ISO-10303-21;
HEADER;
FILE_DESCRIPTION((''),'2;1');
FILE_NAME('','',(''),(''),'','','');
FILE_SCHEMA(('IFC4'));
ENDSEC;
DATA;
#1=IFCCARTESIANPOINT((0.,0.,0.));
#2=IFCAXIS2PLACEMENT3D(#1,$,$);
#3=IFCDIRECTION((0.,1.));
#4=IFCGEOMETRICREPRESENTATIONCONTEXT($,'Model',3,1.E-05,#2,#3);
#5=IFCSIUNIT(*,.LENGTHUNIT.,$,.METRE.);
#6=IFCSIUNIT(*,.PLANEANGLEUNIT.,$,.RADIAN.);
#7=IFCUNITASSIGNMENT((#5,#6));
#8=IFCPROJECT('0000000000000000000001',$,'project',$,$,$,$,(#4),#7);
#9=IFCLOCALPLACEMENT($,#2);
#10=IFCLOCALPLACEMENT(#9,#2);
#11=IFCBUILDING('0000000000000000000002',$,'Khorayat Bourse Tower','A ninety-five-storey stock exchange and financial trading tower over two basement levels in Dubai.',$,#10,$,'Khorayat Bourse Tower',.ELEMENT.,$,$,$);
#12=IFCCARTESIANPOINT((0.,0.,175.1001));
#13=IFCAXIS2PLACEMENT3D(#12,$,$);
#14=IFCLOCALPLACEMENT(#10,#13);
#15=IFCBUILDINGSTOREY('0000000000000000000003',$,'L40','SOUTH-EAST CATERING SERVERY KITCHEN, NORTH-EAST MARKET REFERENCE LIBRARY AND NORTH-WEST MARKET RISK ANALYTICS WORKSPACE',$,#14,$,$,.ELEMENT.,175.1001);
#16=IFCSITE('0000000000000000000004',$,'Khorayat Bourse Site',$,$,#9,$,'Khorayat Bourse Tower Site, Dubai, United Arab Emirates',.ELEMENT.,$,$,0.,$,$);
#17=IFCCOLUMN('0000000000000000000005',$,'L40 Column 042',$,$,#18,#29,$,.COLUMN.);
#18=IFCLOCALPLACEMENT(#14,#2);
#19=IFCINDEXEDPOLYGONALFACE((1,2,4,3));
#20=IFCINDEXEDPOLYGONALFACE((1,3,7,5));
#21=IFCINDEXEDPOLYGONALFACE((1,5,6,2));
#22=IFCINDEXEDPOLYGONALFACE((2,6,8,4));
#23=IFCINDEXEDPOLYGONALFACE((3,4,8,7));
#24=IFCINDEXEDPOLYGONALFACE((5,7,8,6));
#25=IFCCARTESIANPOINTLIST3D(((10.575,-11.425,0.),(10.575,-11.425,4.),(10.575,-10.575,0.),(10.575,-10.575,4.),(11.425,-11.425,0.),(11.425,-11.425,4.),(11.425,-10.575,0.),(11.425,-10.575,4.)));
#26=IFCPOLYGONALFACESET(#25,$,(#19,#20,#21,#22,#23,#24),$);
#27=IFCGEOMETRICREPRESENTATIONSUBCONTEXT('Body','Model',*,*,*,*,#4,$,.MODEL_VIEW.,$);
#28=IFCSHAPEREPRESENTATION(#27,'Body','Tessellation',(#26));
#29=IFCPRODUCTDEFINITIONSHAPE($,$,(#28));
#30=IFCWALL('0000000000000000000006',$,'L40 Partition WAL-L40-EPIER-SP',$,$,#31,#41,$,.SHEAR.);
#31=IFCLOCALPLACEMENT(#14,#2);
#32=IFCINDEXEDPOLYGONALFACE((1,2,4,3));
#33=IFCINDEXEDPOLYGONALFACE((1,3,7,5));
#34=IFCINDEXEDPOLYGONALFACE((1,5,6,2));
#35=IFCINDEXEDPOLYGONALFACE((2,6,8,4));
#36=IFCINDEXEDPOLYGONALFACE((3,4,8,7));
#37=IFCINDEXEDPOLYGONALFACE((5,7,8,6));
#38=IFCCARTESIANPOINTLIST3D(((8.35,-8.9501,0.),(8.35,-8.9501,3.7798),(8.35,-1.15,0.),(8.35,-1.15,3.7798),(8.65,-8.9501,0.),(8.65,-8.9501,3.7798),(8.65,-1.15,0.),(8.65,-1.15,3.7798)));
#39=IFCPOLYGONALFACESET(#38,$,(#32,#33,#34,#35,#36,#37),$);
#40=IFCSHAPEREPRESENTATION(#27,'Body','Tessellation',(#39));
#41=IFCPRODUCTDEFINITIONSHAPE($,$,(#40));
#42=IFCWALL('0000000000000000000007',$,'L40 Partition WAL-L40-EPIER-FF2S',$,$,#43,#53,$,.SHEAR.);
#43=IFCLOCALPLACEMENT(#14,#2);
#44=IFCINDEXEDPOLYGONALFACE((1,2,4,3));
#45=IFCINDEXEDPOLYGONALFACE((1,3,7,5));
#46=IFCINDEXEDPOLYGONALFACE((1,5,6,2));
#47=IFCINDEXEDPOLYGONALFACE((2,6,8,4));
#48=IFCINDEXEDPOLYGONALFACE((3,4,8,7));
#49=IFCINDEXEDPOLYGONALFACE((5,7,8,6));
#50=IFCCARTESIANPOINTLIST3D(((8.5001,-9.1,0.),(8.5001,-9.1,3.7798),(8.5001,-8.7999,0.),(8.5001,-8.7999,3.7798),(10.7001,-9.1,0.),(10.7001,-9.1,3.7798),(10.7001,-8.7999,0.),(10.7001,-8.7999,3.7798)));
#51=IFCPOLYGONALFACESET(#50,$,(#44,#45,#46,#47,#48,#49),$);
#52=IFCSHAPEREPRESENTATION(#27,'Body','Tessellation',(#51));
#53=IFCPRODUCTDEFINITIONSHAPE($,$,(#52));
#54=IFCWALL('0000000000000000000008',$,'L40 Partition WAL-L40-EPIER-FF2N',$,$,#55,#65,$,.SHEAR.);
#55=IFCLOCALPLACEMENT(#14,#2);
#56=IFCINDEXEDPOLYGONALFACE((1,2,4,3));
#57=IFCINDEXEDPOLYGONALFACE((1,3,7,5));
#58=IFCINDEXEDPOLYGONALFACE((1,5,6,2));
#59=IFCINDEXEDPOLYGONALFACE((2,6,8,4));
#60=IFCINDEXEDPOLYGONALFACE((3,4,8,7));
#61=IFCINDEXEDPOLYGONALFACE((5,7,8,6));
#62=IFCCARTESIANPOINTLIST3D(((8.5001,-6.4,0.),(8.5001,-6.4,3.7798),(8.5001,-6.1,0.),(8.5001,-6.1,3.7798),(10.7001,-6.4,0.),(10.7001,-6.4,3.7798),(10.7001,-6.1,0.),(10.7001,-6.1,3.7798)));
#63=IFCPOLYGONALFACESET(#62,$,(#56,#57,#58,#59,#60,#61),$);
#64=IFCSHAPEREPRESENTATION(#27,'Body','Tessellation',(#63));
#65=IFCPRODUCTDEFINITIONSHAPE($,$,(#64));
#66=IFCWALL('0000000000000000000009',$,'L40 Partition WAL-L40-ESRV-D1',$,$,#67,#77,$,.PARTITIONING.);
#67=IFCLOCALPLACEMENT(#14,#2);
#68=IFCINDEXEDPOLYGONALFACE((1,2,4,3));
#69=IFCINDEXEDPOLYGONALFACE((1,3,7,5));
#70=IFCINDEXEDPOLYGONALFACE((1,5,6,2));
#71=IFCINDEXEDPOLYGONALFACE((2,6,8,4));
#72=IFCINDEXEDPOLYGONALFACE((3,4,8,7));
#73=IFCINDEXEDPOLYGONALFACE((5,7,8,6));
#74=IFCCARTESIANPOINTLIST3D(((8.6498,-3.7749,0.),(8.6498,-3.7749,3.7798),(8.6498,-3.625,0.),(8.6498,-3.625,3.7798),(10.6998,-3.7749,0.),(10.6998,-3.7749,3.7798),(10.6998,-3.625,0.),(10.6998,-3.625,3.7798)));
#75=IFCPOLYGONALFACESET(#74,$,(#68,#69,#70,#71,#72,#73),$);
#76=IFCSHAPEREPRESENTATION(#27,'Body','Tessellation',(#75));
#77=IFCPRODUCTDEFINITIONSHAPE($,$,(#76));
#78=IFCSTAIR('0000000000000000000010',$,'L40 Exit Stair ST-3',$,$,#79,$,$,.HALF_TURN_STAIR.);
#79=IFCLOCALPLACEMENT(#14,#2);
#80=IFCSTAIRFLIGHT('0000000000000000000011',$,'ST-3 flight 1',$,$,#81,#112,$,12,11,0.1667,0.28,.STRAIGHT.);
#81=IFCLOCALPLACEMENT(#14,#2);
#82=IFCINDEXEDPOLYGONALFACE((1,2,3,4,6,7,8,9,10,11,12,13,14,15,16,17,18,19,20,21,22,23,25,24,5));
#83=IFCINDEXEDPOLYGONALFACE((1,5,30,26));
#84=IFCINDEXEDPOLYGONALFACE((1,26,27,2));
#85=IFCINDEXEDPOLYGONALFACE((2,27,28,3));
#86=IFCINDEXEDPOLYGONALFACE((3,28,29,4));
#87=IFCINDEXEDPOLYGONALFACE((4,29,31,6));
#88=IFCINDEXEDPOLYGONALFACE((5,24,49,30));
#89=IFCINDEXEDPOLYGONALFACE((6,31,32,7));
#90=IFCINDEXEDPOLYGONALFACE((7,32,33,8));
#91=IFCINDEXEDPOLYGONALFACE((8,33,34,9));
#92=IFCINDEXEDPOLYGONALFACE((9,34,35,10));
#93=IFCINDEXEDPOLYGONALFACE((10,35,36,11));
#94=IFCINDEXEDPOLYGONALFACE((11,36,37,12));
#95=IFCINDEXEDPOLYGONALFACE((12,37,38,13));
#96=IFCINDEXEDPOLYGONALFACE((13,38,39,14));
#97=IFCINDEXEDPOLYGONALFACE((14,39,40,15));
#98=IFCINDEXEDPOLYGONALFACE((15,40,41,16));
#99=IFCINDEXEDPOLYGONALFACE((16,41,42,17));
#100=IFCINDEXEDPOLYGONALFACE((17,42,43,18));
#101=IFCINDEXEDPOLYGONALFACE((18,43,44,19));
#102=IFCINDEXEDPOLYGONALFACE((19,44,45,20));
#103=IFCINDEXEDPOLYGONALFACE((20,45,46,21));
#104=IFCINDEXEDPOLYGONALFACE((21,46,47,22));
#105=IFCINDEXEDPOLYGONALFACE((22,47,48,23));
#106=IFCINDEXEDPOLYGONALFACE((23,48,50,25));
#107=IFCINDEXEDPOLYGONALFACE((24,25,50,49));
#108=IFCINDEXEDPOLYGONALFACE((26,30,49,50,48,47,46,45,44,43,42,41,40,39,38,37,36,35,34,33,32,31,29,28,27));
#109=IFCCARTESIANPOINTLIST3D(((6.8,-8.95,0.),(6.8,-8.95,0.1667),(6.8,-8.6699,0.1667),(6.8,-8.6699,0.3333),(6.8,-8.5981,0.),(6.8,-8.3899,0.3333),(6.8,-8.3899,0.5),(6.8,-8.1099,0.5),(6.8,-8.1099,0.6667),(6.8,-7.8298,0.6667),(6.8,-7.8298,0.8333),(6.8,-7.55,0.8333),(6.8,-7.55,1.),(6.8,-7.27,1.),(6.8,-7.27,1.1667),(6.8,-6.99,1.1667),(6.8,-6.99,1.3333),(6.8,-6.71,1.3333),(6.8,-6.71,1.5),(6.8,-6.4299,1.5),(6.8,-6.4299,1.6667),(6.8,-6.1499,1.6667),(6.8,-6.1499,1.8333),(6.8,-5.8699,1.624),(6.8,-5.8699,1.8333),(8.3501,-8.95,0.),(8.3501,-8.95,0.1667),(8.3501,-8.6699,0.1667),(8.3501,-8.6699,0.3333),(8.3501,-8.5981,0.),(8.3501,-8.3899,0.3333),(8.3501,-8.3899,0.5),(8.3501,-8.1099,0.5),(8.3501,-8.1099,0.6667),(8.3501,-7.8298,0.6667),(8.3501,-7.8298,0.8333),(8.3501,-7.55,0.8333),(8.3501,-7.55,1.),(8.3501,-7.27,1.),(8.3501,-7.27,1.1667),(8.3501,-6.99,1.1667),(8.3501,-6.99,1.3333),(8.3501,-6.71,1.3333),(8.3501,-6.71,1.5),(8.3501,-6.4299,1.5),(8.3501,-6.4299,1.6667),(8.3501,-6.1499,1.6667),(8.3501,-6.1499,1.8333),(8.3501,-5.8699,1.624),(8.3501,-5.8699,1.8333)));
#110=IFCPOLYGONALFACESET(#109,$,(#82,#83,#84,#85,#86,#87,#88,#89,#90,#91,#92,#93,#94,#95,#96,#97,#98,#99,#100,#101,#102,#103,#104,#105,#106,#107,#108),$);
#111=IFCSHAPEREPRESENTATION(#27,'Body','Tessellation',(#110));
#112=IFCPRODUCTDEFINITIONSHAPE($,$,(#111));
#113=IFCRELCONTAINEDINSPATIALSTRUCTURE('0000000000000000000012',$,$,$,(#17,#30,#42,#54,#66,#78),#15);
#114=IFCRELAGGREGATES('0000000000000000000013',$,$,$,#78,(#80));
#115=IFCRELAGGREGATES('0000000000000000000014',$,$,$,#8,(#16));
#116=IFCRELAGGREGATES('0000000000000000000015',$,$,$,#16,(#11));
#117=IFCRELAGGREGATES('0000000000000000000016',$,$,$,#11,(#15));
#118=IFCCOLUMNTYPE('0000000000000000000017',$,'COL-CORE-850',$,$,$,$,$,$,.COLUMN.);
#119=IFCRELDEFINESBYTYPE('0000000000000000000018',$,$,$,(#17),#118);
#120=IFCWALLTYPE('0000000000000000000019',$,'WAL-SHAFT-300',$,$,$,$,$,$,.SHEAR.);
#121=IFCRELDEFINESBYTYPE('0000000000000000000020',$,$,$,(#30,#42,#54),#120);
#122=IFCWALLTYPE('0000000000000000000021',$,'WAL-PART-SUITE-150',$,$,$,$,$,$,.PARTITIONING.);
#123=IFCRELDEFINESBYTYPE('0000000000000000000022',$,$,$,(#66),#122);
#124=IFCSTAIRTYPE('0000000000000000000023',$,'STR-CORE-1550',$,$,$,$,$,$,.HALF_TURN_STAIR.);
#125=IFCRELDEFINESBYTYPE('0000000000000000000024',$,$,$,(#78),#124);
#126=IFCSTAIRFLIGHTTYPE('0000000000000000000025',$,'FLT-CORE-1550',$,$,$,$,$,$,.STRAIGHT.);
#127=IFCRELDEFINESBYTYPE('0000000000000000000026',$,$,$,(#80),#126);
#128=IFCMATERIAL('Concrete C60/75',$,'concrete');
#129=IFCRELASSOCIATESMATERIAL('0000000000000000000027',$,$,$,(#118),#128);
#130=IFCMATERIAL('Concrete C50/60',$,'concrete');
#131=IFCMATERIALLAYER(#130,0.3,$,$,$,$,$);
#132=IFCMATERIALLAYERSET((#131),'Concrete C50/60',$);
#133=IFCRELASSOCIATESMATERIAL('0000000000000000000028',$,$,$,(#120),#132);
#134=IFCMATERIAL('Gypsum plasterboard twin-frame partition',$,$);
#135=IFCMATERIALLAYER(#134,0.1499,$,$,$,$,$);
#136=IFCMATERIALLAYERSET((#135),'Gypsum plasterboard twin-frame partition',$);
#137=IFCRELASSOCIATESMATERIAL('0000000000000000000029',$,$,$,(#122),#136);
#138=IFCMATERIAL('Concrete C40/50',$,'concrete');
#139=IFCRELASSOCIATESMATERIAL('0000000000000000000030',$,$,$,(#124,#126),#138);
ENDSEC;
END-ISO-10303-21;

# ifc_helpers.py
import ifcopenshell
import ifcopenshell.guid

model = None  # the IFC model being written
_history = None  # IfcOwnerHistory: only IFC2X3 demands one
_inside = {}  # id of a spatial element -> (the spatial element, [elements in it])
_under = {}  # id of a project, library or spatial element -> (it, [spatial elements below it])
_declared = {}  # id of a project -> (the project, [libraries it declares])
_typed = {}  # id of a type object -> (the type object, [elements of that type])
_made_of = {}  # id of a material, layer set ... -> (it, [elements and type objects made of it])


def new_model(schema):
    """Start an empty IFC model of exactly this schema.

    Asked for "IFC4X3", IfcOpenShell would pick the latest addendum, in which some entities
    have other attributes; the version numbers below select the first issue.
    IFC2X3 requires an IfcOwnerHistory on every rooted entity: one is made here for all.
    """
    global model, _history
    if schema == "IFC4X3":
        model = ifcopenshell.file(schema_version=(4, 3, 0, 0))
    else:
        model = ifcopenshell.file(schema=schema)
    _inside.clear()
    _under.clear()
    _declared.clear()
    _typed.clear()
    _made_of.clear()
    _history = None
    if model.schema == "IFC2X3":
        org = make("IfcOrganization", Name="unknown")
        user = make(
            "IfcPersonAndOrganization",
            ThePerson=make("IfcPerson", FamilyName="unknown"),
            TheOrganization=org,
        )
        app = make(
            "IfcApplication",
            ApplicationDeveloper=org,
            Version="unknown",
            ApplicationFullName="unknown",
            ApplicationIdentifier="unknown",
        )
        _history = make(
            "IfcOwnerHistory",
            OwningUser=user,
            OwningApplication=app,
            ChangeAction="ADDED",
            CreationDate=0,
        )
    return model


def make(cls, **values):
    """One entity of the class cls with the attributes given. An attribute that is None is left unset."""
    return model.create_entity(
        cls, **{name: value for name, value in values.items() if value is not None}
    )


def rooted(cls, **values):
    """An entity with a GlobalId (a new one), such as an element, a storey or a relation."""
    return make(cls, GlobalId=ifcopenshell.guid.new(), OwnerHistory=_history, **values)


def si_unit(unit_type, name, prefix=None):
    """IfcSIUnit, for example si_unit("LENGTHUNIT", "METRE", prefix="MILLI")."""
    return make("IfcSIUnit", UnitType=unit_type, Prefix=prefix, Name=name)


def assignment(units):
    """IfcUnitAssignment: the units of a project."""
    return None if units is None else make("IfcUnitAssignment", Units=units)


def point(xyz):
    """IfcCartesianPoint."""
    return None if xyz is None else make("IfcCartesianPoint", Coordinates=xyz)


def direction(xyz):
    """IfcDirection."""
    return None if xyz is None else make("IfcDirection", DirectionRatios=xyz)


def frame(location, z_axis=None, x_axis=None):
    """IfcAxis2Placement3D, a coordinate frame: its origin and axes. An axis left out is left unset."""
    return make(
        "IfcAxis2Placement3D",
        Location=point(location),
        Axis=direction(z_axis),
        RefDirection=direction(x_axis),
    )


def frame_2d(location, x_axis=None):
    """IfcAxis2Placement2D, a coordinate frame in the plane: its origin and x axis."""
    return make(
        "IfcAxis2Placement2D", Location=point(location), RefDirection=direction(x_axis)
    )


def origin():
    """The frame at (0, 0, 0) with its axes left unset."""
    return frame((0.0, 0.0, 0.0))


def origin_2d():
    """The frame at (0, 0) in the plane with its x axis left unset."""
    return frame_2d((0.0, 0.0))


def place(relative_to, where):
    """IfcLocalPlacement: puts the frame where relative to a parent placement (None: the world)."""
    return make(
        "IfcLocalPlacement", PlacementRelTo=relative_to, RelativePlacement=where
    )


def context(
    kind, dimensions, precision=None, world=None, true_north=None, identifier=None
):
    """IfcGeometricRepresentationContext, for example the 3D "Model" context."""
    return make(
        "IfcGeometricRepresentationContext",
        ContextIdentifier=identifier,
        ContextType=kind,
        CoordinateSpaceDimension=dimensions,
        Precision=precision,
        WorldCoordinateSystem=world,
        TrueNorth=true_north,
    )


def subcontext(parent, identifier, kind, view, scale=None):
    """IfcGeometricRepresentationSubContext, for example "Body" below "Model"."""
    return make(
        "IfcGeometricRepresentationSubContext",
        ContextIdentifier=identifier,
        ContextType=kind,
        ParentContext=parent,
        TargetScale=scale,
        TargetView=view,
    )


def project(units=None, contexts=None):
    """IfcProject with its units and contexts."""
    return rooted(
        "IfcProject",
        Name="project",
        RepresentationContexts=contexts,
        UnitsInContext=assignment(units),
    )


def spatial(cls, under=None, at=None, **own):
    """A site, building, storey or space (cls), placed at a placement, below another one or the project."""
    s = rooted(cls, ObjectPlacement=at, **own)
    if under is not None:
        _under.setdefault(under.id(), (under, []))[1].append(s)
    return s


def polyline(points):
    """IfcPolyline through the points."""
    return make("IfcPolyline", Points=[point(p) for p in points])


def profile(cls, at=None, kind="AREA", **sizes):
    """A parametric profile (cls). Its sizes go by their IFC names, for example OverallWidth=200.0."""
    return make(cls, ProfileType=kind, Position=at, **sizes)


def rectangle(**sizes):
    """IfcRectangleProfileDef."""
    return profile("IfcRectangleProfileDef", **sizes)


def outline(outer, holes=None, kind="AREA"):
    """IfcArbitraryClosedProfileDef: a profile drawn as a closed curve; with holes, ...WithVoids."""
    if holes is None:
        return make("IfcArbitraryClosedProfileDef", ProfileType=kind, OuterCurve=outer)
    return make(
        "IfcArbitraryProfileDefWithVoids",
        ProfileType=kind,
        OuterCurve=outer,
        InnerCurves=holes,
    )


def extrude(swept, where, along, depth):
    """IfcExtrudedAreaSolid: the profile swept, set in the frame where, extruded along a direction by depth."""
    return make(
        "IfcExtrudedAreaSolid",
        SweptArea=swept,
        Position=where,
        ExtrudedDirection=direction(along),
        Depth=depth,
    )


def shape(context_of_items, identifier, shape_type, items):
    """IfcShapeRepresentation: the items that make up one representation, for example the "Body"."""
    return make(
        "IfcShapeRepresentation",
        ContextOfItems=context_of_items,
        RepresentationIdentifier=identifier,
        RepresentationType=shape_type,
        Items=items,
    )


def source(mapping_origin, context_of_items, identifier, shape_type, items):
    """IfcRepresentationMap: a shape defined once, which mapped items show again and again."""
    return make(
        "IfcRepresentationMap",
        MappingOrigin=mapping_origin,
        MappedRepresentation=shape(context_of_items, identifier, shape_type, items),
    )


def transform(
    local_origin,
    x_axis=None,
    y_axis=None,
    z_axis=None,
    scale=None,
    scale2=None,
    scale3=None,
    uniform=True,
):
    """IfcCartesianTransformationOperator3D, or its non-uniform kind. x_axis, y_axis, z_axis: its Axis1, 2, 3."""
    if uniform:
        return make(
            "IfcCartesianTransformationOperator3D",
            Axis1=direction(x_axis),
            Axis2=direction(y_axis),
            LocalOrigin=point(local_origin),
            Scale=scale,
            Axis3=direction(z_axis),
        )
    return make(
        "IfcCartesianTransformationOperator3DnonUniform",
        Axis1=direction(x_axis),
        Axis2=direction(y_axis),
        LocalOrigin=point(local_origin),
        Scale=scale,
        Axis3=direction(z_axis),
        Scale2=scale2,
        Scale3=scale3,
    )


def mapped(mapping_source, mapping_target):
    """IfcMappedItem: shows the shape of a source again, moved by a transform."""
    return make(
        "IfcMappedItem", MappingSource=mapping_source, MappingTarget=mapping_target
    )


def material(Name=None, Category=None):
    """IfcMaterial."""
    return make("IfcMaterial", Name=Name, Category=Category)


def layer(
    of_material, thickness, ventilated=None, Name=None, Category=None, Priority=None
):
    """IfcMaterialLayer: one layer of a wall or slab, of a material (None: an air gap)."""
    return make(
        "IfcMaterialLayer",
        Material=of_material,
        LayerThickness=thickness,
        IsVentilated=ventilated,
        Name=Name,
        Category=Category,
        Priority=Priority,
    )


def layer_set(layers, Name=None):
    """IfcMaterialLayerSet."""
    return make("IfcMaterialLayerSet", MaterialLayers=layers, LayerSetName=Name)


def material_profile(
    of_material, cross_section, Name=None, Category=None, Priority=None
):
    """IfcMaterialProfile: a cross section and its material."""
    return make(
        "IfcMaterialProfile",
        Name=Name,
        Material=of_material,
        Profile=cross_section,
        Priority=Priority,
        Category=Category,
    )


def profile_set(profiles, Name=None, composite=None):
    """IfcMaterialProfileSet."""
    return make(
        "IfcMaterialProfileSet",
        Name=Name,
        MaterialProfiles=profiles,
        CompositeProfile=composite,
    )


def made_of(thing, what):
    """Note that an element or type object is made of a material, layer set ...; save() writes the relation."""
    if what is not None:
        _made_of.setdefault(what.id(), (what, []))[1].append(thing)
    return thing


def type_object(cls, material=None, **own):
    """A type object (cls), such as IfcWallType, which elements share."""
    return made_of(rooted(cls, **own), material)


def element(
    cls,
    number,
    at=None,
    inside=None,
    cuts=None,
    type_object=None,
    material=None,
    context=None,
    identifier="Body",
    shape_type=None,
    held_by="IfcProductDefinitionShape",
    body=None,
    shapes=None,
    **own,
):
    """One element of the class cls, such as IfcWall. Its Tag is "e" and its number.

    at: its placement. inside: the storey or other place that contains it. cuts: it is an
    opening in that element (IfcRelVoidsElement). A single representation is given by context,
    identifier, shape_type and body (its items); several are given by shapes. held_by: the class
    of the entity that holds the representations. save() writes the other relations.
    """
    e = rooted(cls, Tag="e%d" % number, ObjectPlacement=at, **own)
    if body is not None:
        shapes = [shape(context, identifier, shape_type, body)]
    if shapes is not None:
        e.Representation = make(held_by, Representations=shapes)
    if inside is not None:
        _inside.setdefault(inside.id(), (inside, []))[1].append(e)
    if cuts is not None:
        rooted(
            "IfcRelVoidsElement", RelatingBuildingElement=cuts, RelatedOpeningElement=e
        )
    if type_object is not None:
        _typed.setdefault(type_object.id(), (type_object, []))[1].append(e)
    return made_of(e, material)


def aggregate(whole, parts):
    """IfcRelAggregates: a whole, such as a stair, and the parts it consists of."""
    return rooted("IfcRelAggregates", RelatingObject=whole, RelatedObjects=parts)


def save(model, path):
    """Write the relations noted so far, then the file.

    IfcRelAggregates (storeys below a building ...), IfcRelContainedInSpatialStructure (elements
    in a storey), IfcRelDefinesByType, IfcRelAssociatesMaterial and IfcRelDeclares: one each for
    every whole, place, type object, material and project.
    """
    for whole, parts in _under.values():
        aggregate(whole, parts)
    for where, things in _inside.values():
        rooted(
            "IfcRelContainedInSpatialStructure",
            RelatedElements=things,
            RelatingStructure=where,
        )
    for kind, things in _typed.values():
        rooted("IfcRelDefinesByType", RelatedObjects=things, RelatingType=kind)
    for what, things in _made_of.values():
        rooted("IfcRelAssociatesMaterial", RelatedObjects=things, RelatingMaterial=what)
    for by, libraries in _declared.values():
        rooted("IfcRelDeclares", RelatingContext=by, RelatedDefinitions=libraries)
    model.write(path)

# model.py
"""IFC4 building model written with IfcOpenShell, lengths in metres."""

from ifc_helpers import new_model, si_unit, direction, frame, frame_2d, origin, origin_2d, place, context, subcontext, project, spatial, polyline, rectangle, outline, extrude, source, transform, mapped, material, layer, layer_set, material_profile, profile_set, type_object, element, aggregate, save


model = new_model("IFC4")

# Units and contexts
model_context = context("Model", 3, precision=1e-05, world=origin(), true_north=direction((0.0, 1.0)))
body_context = subcontext(model_context, "Body", "Model", "MODEL_VIEW")
ifc_project = project(units=[si_unit("LENGTHUNIT", "METRE"), si_unit("PLANEANGLEUNIT", "RADIAN")], contexts=[model_context])

# Site, building, storey
site_placement = place(None, origin())
site = spatial("IfcSite", under=ifc_project, at=site_placement, Name="Khorayat Bourse Site", LongName="Khorayat Bourse Tower Site, Dubai, United Arab Emirates", CompositionType="ELEMENT", RefElevation=0.0)
building_placement = place(site_placement, origin())
building = spatial("IfcBuilding", under=site, at=building_placement, Name="Khorayat Bourse Tower", Description="A ninety-five-storey stock exchange and financial trading tower over two basement levels in Dubai.", LongName="Khorayat Bourse Tower", CompositionType="ELEMENT")
storey_placement = place(building_placement, frame((0.0, 0.0, 175.1001)))
storey = spatial("IfcBuildingStorey", under=building, at=storey_placement, Name="L40", Description="SOUTH-EAST CATERING SERVERY KITCHEN, NORTH-EAST MARKET REFERENCE LIBRARY AND NORTH-WEST MARKET RISK ANALYTICS WORKSPACE", CompositionType="ELEMENT", Elevation=175.1001)

# Column
ifc_material_1 = material(Name="Concrete C60/75", Category="concrete")
ifc_material_profile = material_profile(ifc_material_1, rectangle(XDim=0.8501, YDim=0.8501, at=origin_2d()), Name="RC 850x850")
ifc_profile_set = profile_set([ifc_material_profile], Name="Concrete C60/75")
column_type = type_object("IfcColumnType", Name="COL-CORE-850", PredefinedType="COLUMN", material=ifc_profile_set)
shared_shape_1 = source(origin(), body_context, "Body", "SweptSolid", [
    extrude(rectangle(XDim=0.8501, YDim=0.8501, at=origin_2d()), origin(), (0.0, 0.0, 1.0), 4.0),
])
column_placement = place(storey_placement, frame((11.0, -11.0, 0.0), z_axis=(0.0, 0.0, 1.0), x_axis=(1.0, 0.0, 0.0)))
element("IfcColumn", 1, at=column_placement, inside=storey, type_object=column_type, Name="L40 Column 042", PredefinedType="COLUMN", context=body_context, shape_type="MappedRepresentation", body=[
    mapped(shared_shape_1, transform((0.0, 0.0, 0.0), scale=1.0)),
])

# Walls
ifc_material_2 = material(Name="Concrete C50/60", Category="concrete")
ifc_layer_1 = layer(ifc_material_2, 0.3)
ifc_layer_set_1 = layer_set([ifc_layer_1], Name="Concrete C50/60")
wall_type_1 = type_object("IfcWallType", Name="WAL-SHAFT-300", PredefinedType="SHEAR", material=ifc_layer_set_1)
shared_shape_2 = source(origin(), body_context, "Body", "SweptSolid", [
    extrude(rectangle(XDim=7.8, YDim=0.3, at=frame_2d((3.8999, 0.0))), origin(), (0.0, 0.0, 1.0), 3.7798),
])
wall_1_placement = place(storey_placement, frame((8.5, -8.95, 0.0), z_axis=(0.0, 0.0, 1.0), x_axis=(0.0, 1.0, 0.0)))
element("IfcWall", 2, at=wall_1_placement, inside=storey, type_object=wall_type_1, Name="L40 Partition WAL-L40-EPIER-SP", PredefinedType="SHEAR", context=body_context, shape_type="MappedRepresentation", body=[
    mapped(shared_shape_2, transform((0.0, 0.0, 0.0), scale=1.0)),
])
shared_shape_3 = source(origin(), body_context, "Body", "SweptSolid", [
    extrude(rectangle(XDim=2.2, YDim=0.3, at=frame_2d((1.1001, 0.0))), origin(), (0.0, 0.0, 1.0), 3.7798),
])
for number, where, z_axis, x_axis, name in (
    (3, (8.5, -8.95, 0.0), (0.0, 0.0, 1.0), (1.0, 0.0, 0.0), "L40 Partition WAL-L40-EPIER-FF2S"),
    (4, (8.5, -6.25, 0.0), (0.0, 0.0, 1.0), (1.0, 0.0, 0.0), "L40 Partition WAL-L40-EPIER-FF2N"),
):
    element("IfcWall", number, at=place(storey_placement, frame(where, z_axis=z_axis, x_axis=x_axis)), inside=storey, type_object=wall_type_1, Name=name, PredefinedType="SHEAR", context=body_context, shape_type="MappedRepresentation", body=[
        mapped(shared_shape_3, transform((0.0, 0.0, 0.0), scale=1.0)),
    ])
ifc_material_3 = material(Name="Gypsum plasterboard twin-frame partition")
ifc_layer_2 = layer(ifc_material_3, 0.1499)
ifc_layer_set_2 = layer_set([ifc_layer_2], Name="Gypsum plasterboard twin-frame partition")
wall_type_2 = type_object("IfcWallType", Name="WAL-PART-SUITE-150", PredefinedType="PARTITIONING", material=ifc_layer_set_2)
shared_shape_4 = source(origin(), body_context, "Body", "SweptSolid", [
    extrude(rectangle(XDim=2.05, YDim=0.1499, at=frame_2d((1.0249, 0.0))), origin(), (0.0, 0.0, 1.0), 3.7798),
])
wall_2_placement = place(storey_placement, frame((8.6499, -3.7, 0.0), z_axis=(0.0, 0.0, 1.0), x_axis=(1.0, 0.0, 0.0)))
element("IfcWall", 5, at=wall_2_placement, inside=storey, type_object=wall_type_2, Name="L40 Partition WAL-L40-ESRV-D1", PredefinedType="PARTITIONING", context=body_context, shape_type="MappedRepresentation", body=[
    mapped(shared_shape_4, transform((0.0, 0.0, 0.0), scale=1.0)),
])

# Stair, stair flight
ifc_material_4 = material(Name="Concrete C40/50", Category="concrete")
stair_type = type_object("IfcStairType", Name="STR-CORE-1550", PredefinedType="HALF_TURN_STAIR", material=ifc_material_4)
stair_placement = place(storey_placement, origin())
stair = element("IfcStair", 6, at=stair_placement, inside=storey, type_object=stair_type, Name="L40 Exit Stair ST-3", PredefinedType="HALF_TURN_STAIR")
stair_flight_type = type_object("IfcStairFlightType", Name="FLT-CORE-1550", PredefinedType="STRAIGHT", material=ifc_material_4)
shared_shape_5 = source(origin(), body_context, "Body", "SweptSolid", [
    extrude(outline(polyline([(0.0, 0.0), (0.0, 0.1667), (0.28, 0.1667), (0.28, 0.3333), (0.5601, 0.3333), (0.5601, 0.5), (0.8401, 0.5), (0.8401, 0.6667), (1.1201, 0.6667), (1.1201, 0.8333), (1.3999, 0.8333), (1.3999, 1.0), (1.6799, 1.0), (1.6799, 1.1667), (1.96, 1.1667), (1.96, 1.3333), (2.24, 1.3333), (2.24, 1.5), (2.52, 1.5), (2.52, 1.6667), (2.8, 1.6667), (2.8, 1.8333), (3.0801, 1.8333), (3.0801, 2.0), (3.0801, 1.624), (0.3518, 0.0), (0.0, 0.0)])), frame((0.0, 0.7749, 0.0), z_axis=(0.0, -1.0, 0.0), x_axis=(1.0, 0.0, 0.0)), (0.0, 0.0, 1.0), 1.55),
])
stair_flight_placement = place(storey_placement, frame((7.575, -8.95, 0.0), z_axis=(0.0, 0.0, 1.0), x_axis=(0.0, 1.0, 0.0)))
stair_flight = element("IfcStairFlight", 7, at=stair_flight_placement, type_object=stair_flight_type, Name="ST-3 flight 1", NumberOfRisers=12, NumberOfTreads=11, PredefinedType="STRAIGHT", RiserHeight=0.1667, TreadLength=0.28, context=body_context, shape_type="MappedRepresentation", body=[
    mapped(shared_shape_5, transform((0.0, 0.0, 0.0), scale=1.0)),
])
aggregate(stair, [stair_flight])

save(model, "model.ifc")
